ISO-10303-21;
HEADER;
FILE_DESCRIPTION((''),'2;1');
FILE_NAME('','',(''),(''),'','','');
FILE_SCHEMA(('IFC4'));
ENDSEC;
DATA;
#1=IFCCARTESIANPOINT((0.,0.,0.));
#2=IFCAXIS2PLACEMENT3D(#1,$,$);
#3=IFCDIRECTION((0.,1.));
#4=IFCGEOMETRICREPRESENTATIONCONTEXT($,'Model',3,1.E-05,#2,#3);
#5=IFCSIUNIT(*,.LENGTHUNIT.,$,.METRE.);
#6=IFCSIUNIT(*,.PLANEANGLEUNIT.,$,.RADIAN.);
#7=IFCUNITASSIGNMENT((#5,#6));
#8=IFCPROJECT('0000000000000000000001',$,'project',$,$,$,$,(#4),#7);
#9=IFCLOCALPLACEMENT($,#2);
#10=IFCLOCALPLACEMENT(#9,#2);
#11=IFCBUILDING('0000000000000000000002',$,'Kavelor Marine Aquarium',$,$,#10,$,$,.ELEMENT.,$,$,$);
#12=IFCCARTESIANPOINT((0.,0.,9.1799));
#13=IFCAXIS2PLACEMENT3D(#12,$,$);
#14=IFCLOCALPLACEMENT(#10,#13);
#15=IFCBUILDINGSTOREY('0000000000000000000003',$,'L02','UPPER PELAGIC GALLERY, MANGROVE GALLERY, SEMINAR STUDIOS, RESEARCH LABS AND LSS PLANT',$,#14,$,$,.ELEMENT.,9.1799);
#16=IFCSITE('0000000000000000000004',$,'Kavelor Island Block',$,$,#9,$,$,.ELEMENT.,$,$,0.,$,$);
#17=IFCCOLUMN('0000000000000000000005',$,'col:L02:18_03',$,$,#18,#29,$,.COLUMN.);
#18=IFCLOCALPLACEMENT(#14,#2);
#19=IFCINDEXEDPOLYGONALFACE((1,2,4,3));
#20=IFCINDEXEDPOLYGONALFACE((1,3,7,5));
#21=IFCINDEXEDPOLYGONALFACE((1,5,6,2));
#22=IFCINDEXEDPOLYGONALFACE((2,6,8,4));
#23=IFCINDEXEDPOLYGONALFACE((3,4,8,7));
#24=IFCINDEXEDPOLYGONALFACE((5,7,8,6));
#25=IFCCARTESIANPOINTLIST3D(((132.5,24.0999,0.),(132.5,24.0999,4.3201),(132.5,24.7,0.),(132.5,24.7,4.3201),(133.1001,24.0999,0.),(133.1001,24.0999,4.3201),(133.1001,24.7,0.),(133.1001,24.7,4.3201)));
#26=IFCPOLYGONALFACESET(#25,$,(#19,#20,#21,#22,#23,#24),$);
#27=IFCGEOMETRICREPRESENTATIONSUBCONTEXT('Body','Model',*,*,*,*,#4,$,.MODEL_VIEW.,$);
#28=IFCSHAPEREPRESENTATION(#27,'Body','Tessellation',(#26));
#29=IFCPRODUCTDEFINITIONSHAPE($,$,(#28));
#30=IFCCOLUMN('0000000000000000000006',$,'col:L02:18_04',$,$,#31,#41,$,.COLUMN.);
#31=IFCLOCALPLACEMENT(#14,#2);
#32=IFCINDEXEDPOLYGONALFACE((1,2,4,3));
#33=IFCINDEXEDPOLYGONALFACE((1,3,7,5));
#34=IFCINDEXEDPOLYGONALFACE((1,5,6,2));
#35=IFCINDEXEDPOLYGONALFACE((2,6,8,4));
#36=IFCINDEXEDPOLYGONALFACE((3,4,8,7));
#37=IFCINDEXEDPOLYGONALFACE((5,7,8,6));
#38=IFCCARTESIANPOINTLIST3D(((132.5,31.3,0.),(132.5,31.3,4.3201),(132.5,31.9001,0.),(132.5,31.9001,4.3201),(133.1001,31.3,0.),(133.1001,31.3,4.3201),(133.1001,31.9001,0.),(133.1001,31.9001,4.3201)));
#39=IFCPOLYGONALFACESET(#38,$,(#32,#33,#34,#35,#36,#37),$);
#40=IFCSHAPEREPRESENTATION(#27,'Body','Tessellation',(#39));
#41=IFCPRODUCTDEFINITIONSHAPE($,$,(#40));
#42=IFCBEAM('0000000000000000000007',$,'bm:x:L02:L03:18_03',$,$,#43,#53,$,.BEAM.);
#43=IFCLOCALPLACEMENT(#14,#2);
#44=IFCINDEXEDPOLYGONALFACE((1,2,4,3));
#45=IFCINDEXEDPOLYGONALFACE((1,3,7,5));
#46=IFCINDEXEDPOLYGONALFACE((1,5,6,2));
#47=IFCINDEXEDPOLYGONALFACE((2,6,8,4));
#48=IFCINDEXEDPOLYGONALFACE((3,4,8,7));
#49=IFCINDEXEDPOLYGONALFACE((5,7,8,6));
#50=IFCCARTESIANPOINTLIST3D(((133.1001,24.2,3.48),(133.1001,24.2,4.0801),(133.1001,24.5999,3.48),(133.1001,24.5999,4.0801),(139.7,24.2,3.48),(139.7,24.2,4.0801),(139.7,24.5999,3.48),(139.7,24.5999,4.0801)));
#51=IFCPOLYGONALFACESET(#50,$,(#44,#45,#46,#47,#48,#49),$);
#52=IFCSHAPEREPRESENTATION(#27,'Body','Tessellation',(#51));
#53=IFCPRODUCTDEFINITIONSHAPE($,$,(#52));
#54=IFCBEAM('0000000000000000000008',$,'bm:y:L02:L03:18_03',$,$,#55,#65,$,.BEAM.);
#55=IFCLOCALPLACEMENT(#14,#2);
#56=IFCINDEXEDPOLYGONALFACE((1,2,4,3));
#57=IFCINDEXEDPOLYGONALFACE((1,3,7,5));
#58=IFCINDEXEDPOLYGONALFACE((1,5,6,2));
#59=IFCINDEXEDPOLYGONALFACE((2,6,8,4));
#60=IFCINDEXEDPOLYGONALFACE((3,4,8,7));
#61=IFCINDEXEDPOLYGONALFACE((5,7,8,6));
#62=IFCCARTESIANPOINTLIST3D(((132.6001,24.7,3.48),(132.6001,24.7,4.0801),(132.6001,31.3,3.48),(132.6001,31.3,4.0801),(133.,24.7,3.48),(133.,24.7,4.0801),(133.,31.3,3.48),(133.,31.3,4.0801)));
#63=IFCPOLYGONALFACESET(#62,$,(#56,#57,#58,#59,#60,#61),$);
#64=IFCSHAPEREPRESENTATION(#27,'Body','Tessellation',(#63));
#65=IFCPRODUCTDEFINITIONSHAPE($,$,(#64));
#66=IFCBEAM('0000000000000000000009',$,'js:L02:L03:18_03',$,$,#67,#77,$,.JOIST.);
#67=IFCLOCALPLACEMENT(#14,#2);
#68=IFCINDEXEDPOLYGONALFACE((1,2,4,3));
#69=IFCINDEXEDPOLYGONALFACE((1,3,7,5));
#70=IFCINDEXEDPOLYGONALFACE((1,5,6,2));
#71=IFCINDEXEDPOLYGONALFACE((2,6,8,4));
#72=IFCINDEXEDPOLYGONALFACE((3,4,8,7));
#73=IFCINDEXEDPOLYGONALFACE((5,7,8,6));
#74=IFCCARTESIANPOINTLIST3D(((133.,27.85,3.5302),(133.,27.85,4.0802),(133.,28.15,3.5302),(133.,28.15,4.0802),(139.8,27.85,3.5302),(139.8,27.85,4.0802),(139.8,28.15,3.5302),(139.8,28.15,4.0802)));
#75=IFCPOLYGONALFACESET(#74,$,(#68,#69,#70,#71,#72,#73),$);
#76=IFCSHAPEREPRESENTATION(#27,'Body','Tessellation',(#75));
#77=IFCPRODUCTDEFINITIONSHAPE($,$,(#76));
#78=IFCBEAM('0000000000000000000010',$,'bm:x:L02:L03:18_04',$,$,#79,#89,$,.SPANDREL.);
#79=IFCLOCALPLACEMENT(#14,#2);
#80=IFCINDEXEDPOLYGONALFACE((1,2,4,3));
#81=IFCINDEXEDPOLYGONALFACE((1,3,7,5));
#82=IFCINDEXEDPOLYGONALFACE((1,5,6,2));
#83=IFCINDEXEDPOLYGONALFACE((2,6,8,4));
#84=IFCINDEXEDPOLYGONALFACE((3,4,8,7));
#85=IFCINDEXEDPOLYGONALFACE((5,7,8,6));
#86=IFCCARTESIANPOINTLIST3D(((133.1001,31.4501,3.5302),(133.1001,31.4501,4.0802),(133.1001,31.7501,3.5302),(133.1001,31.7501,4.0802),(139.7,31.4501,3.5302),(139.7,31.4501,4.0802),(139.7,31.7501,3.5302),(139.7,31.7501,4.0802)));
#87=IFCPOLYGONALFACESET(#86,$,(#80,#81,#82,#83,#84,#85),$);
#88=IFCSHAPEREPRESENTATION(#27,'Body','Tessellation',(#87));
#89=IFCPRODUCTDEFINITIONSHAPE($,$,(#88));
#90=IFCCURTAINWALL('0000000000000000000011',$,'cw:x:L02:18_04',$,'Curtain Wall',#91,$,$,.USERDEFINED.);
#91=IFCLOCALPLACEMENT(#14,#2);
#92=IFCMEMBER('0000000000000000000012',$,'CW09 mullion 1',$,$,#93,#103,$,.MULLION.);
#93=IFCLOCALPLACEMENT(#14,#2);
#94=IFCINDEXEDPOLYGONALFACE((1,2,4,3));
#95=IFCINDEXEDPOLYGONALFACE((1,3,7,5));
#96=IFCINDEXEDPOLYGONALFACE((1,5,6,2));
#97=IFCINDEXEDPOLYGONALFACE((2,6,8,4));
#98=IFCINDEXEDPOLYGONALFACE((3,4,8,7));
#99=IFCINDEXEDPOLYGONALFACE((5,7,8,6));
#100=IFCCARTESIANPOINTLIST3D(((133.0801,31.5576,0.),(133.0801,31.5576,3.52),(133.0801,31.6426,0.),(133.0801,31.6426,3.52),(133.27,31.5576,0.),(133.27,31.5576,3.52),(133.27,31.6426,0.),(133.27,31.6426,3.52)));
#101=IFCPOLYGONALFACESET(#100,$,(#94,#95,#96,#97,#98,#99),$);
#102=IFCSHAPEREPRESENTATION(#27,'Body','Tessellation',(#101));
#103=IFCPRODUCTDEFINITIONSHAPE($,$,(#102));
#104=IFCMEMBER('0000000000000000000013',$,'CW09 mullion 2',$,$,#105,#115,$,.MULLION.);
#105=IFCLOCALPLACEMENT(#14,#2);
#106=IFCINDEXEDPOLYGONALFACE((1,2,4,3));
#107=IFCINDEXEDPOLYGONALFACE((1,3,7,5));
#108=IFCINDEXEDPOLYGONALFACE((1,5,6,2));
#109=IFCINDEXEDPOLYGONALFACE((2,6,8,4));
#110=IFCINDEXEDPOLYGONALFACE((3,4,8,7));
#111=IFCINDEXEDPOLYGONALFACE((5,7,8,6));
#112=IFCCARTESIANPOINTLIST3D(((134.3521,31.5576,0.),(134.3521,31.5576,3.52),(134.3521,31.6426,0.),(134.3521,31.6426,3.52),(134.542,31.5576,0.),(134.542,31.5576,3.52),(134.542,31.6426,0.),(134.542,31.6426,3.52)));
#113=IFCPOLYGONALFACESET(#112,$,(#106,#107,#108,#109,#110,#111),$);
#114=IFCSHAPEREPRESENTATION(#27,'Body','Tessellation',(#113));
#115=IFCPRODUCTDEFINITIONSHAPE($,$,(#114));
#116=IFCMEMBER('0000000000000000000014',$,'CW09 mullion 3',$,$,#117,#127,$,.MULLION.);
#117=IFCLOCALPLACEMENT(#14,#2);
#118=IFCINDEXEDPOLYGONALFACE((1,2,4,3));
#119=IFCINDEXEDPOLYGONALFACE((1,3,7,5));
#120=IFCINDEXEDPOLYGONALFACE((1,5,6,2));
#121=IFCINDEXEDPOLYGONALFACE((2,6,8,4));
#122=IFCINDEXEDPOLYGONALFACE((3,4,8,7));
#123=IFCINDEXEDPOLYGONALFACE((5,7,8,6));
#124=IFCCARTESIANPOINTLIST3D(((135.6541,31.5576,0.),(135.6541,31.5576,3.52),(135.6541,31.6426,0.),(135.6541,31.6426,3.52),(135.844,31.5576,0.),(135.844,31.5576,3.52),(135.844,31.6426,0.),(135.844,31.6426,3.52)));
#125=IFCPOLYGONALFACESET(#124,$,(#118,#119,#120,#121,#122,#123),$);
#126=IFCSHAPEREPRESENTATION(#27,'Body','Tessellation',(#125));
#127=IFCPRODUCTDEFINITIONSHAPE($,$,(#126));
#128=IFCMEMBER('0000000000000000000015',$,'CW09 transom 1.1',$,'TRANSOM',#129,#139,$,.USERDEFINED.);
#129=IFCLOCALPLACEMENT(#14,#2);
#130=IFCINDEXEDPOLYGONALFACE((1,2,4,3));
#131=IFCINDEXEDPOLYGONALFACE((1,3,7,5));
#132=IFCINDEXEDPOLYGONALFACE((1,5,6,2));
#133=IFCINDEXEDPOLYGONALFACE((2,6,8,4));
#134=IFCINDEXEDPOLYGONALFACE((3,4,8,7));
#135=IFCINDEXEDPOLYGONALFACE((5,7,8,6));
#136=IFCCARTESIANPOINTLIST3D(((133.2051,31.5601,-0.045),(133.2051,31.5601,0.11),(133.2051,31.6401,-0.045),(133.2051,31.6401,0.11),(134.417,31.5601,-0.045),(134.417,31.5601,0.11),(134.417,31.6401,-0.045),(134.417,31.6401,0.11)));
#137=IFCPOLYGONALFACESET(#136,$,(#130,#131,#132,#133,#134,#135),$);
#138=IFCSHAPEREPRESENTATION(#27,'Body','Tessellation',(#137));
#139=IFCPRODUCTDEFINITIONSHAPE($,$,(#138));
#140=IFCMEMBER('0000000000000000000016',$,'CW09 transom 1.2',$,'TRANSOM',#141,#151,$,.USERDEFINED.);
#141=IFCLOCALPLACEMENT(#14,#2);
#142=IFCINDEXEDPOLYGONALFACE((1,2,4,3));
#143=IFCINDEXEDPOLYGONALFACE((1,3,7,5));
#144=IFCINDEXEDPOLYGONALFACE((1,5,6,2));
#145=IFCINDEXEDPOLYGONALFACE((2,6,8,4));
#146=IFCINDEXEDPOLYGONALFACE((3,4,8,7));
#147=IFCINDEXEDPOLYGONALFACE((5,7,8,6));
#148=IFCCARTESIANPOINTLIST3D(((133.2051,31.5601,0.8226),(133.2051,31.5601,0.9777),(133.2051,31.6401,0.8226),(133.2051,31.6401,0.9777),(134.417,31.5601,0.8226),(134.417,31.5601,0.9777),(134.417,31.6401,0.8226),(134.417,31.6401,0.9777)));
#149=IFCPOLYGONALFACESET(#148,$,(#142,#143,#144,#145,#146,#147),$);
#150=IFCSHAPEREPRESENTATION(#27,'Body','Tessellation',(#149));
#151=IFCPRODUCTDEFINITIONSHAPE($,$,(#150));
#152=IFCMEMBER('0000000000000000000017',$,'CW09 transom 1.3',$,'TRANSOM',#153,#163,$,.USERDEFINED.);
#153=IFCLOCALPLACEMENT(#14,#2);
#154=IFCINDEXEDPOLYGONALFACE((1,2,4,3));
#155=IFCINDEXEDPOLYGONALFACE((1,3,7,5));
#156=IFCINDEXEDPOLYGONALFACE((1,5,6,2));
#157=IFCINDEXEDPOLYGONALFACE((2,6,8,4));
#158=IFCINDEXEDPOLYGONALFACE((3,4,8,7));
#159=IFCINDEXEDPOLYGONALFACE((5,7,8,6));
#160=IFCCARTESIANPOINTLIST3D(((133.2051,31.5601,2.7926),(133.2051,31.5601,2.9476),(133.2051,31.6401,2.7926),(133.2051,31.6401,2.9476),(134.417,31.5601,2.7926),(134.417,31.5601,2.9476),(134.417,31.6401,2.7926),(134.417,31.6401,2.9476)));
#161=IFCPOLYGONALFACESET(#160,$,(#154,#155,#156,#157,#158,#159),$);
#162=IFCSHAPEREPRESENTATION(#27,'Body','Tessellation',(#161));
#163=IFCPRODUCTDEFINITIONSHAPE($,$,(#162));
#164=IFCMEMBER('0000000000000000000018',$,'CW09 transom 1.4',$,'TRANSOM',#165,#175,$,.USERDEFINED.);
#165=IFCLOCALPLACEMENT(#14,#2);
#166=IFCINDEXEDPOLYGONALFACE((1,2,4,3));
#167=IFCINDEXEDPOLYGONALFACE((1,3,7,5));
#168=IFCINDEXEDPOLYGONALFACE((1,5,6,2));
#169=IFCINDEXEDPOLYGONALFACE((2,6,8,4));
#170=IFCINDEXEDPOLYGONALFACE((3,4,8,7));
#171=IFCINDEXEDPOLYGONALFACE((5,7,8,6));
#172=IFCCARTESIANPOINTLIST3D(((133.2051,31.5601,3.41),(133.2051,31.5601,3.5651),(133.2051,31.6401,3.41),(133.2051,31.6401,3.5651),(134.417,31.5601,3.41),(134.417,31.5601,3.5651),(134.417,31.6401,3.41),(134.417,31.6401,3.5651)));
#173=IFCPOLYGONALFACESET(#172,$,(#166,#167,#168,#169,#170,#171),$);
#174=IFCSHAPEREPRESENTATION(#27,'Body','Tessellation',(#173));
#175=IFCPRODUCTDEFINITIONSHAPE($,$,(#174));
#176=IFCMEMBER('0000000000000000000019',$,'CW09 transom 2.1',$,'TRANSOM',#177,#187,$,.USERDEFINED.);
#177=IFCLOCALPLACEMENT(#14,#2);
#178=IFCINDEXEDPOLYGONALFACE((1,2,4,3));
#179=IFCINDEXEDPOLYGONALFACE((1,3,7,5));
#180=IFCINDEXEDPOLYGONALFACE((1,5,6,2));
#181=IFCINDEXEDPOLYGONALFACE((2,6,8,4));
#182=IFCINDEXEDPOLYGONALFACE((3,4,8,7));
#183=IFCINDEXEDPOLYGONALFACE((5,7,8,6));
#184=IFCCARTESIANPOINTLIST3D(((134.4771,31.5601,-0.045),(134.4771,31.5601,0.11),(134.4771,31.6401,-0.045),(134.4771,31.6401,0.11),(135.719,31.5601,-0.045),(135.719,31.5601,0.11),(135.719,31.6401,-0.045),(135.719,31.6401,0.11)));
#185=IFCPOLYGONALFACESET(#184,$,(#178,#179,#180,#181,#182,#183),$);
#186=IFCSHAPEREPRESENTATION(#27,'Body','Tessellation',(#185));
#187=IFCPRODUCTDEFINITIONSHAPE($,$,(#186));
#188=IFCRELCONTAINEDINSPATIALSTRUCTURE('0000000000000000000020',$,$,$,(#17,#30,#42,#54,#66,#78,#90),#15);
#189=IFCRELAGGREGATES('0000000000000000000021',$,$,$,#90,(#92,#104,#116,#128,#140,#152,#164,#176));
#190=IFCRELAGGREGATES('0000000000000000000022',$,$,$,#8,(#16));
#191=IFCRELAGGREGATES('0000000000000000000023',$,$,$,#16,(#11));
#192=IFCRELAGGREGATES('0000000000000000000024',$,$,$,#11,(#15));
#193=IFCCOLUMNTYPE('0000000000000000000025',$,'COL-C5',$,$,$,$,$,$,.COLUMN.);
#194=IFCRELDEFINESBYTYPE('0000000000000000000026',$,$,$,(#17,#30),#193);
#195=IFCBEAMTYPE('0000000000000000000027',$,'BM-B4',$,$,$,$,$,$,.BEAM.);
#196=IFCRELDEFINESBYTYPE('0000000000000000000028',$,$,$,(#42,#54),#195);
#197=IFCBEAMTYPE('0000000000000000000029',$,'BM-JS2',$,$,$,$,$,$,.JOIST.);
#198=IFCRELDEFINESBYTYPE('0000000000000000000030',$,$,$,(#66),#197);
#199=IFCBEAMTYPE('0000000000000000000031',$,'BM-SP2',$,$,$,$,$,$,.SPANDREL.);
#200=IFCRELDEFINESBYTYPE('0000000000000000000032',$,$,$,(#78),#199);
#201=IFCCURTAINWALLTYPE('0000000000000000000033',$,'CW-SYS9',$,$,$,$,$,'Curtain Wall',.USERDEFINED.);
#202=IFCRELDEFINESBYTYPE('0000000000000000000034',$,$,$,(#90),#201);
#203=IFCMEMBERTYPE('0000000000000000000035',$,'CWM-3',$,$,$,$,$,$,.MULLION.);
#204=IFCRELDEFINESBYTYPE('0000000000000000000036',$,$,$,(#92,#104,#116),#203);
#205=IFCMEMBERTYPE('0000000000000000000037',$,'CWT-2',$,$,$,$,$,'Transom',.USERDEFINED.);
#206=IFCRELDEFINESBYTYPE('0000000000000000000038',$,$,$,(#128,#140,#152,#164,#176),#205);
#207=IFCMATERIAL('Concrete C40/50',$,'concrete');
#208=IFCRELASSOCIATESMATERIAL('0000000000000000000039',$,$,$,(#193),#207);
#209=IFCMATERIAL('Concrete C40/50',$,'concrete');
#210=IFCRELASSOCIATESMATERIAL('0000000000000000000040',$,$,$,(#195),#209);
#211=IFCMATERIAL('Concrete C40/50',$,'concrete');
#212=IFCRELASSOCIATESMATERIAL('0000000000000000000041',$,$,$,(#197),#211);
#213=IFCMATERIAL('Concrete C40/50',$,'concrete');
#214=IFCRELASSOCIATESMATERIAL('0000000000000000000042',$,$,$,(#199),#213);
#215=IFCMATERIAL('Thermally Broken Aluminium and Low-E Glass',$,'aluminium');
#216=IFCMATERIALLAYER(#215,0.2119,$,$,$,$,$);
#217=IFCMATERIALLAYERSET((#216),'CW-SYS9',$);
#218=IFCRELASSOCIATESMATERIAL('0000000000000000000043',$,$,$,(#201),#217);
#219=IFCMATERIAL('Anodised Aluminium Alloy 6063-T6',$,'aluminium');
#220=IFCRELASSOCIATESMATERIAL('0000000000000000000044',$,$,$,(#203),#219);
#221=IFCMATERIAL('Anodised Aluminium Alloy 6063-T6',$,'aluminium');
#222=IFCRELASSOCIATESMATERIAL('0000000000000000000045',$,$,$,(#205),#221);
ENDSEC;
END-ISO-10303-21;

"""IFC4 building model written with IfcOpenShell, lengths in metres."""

from ifc_helpers import new_model, si_unit, direction, frame, origin, origin_2d, place, context, subcontext, project, spatial, rectangle, extrude, material, layer, layer_set, material_profile, profile_set, type_object, element, aggregate, save


model = new_model("IFC4")

# Units and contexts
model_context = context("Model", 3, precision=1e-05, world=origin(), true_north=direction((0.0, 1.0)))
body_context = subcontext(model_context, "Body", "Model", "MODEL_VIEW")
ifc_project = project(units=[si_unit("LENGTHUNIT", "METRE"), si_unit("PLANEANGLEUNIT", "RADIAN")], contexts=[model_context])

# Site, building, storey
site_placement = place(None, origin())
site = spatial("IfcSite", under=ifc_project, at=site_placement, Name="Kavelor Island Block", CompositionType="ELEMENT", RefElevation=0.0)
building_placement = place(site_placement, origin())
building = spatial("IfcBuilding", under=site, at=building_placement, Name="Kavelor Marine Aquarium", CompositionType="ELEMENT")
storey_placement = place(building_placement, frame((0.0, 0.0, 9.1799)))
storey = spatial("IfcBuildingStorey", under=building, at=storey_placement, Name="L02", Description="UPPER PELAGIC GALLERY, MANGROVE GALLERY, SEMINAR STUDIOS, RESEARCH LABS AND LSS PLANT", CompositionType="ELEMENT", Elevation=9.1799)

# Columns
ifc_material_1 = material(Name="Concrete C40/50", Category="concrete")
ifc_material_profile_1 = material_profile(ifc_material_1, rectangle(XDim=0.6001, YDim=0.6001, at=origin_2d()), Name="RC-COL 600x600")
ifc_profile_set_1 = profile_set([ifc_material_profile_1], Name="Concrete C40/50")
column_type = type_object("IfcColumnType", Name="COL-C5", PredefinedType="COLUMN", material=ifc_profile_set_1)
for number, where, z_axis, x_axis, name in (
    (1, (132.8, 24.3999, 0.0), (0.0, 0.0, 1.0), (1.0, 0.0, 0.0), "col:L02:18_03"),
    (2, (132.8, 31.6001, 0.0), (0.0, 0.0, 1.0), (1.0, 0.0, 0.0), "col:L02:18_04"),
):
    element("IfcColumn", number, at=place(storey_placement, frame(where, z_axis=z_axis, x_axis=x_axis)), inside=storey, type_object=column_type, Name=name, PredefinedType="COLUMN", context=body_context, shape_type="SweptSolid", body=[
        extrude(rectangle(XDim=0.6001, YDim=0.6001, at=origin_2d()), origin(), (0.0, 0.0, 1.0), 4.3201),
    ])

# Beams
ifc_material_2 = material(Name="Concrete C40/50", Category="concrete")
ifc_material_profile_2 = material_profile(ifc_material_2, rectangle(XDim=0.3999, YDim=0.6001, at=origin_2d()), Name="RC-BM 400x600")
ifc_profile_set_2 = profile_set([ifc_material_profile_2], Name="Concrete C40/50")
beam_type_1 = type_object("IfcBeamType", Name="BM-B4", PredefinedType="BEAM", material=ifc_profile_set_2)
beam_1_placement = place(storey_placement, frame((133.1001, 24.3999, 3.78), z_axis=(1.0, 0.0, 0.0), x_axis=(0.0, 1.0, 0.0)))
element("IfcBeam", 3, at=beam_1_placement, inside=storey, type_object=beam_type_1, Name="bm:x:L02:L03:18_03", PredefinedType="BEAM", context=body_context, shape_type="SweptSolid", body=[
    extrude(rectangle(XDim=0.3999, YDim=0.6001, at=origin_2d()), origin(), (0.0, 0.0, 1.0), 6.5999),
])
beam_2_placement = place(storey_placement, frame((132.8, 24.7, 3.78), z_axis=(0.0, 1.0, 0.0), x_axis=(-1.0, 0.0, 0.0)))
element("IfcBeam", 4, at=beam_2_placement, inside=storey, type_object=beam_type_1, Name="bm:y:L02:L03:18_03", PredefinedType="BEAM", context=body_context, shape_type="SweptSolid", body=[
    extrude(rectangle(XDim=0.3999, YDim=0.6001, at=origin_2d()), origin(), (0.0, 0.0, 1.0), 6.6001),
])
ifc_material_3 = material(Name="Concrete C40/50", Category="concrete")
ifc_material_profile_3 = material_profile(ifc_material_3, rectangle(XDim=0.3, YDim=0.55, at=origin_2d()), Name="RC-JS 300x550")
ifc_profile_set_3 = profile_set([ifc_material_profile_3], Name="Concrete C40/50")
beam_type_2 = type_object("IfcBeamType", Name="BM-JS2", PredefinedType="JOIST", material=ifc_profile_set_3)
beam_3_placement = place(storey_placement, frame((133.0, 28.0, 3.8052), z_axis=(1.0, 0.0, 0.0), x_axis=(0.0, 1.0, 0.0)))
element("IfcBeam", 5, at=beam_3_placement, inside=storey, type_object=beam_type_2, Name="js:L02:L03:18_03", PredefinedType="JOIST", context=body_context, shape_type="SweptSolid", body=[
    extrude(rectangle(XDim=0.3, YDim=0.55, at=origin_2d()), origin(), (0.0, 0.0, 1.0), 6.8),
])
ifc_material_4 = material(Name="Concrete C40/50", Category="concrete")
ifc_material_profile_4 = material_profile(ifc_material_4, rectangle(XDim=0.3, YDim=0.55, at=origin_2d()), Name="RC-SP 300x550")
ifc_profile_set_4 = profile_set([ifc_material_profile_4], Name="Concrete C40/50")
beam_type_3 = type_object("IfcBeamType", Name="BM-SP2", PredefinedType="SPANDREL", material=ifc_profile_set_4)
beam_4_placement = place(storey_placement, frame((133.1001, 31.6001, 3.8052), z_axis=(1.0, 0.0, 0.0), x_axis=(0.0, 1.0, 0.0)))
element("IfcBeam", 6, at=beam_4_placement, inside=storey, type_object=beam_type_3, Name="bm:x:L02:L03:18_04", PredefinedType="SPANDREL", context=body_context, shape_type="SweptSolid", body=[
    extrude(rectangle(XDim=0.3, YDim=0.55, at=origin_2d()), origin(), (0.0, 0.0, 1.0), 6.5999),
])

# Curtain wall, members
ifc_material_5 = material(Name="Thermally Broken Aluminium and Low-E Glass", Category="aluminium")
ifc_layer_1 = layer(ifc_material_5, 0.2119)
ifc_layer_set_1 = layer_set([ifc_layer_1], Name="CW-SYS9")
curtain_wall_type = type_object("IfcCurtainWallType", Name="CW-SYS9", ElementType="Curtain Wall", PredefinedType="USERDEFINED", material=ifc_layer_set_1)
curtain_wall_placement = place(storey_placement, origin())
curtain_wall = element("IfcCurtainWall", 7, at=curtain_wall_placement, inside=storey, type_object=curtain_wall_type, Name="cw:x:L02:18_04", ObjectType="Curtain Wall", PredefinedType="USERDEFINED")
ifc_material_6 = material(Name="Anodised Aluminium Alloy 6063-T6", Category="aluminium")
ifc_material_profile_5 = material_profile(ifc_material_6, rectangle(XDim=0.085, YDim=0.1899, at=origin_2d()), Name="CW-MUL 85x190")
ifc_profile_set_5 = profile_set([ifc_material_profile_5], Name="Anodised Aluminium Alloy 6063-T6")
member_type_1 = type_object("IfcMemberType", Name="CWM-3", PredefinedType="MULLION", material=ifc_profile_set_5)
member_1_placement = place(storey_placement, frame((133.175, 31.6001, 0.0), z_axis=(0.0, 0.0, 1.0), x_axis=(0.0, 1.0, 0.0)))
member_1 = element("IfcMember", 8, at=member_1_placement, type_object=member_type_1, Name="CW09 mullion 1", PredefinedType="MULLION", context=body_context, shape_type="SweptSolid", body=[
    extrude(rectangle(XDim=0.085, YDim=0.1899, at=origin_2d()), origin(), (0.0, 0.0, 1.0), 3.52),
])
member_2_placement = place(storey_placement, frame((134.447, 31.6001, 0.0), z_axis=(0.0, 0.0, 1.0), x_axis=(0.0, 1.0, 0.0)))
member_2 = element("IfcMember", 9, at=member_2_placement, type_object=member_type_1, Name="CW09 mullion 2", PredefinedType="MULLION", context=body_context, shape_type="SweptSolid", body=[
    extrude(rectangle(XDim=0.085, YDim=0.1899, at=origin_2d()), origin(), (0.0, 0.0, 1.0), 3.52),
])
member_3_placement = place(storey_placement, frame((135.749, 31.6001, 0.0), z_axis=(0.0, 0.0, 1.0), x_axis=(0.0, 1.0, 0.0)))
member_3 = element("IfcMember", 10, at=member_3_placement, type_object=member_type_1, Name="CW09 mullion 3", PredefinedType="MULLION", context=body_context, shape_type="SweptSolid", body=[
    extrude(rectangle(XDim=0.085, YDim=0.1899, at=origin_2d()), origin(), (0.0, 0.0, 1.0), 3.52),
])
ifc_material_7 = material(Name="Anodised Aluminium Alloy 6063-T6", Category="aluminium")
ifc_material_profile_6 = material_profile(ifc_material_7, rectangle(XDim=0.0801, YDim=0.155, at=origin_2d()), Name="CW-TRN 80x155")
ifc_profile_set_6 = profile_set([ifc_material_profile_6], Name="Anodised Aluminium Alloy 6063-T6")
member_type_2 = type_object("IfcMemberType", Name="CWT-2", ElementType="Transom", PredefinedType="USERDEFINED", material=ifc_profile_set_6)
member_4_placement = place(storey_placement, frame((133.2051, 31.6001, 0.0325), z_axis=(1.0, 0.0, 0.0), x_axis=(0.0, 1.0, 0.0)))
member_4 = element("IfcMember", 11, at=member_4_placement, type_object=member_type_2, Name="CW09 transom 1.1", ObjectType="TRANSOM", PredefinedType="USERDEFINED", context=body_context, shape_type="SweptSolid", body=[
    extrude(rectangle(XDim=0.0801, YDim=0.155, at=origin_2d()), origin(), (0.0, 0.0, 1.0), 1.2119),
])
member_5_placement = place(storey_placement, frame((133.2051, 31.6001, 0.9001), z_axis=(1.0, 0.0, 0.0), x_axis=(0.0, 1.0, 0.0)))
member_5 = element("IfcMember", 12, at=member_5_placement, type_object=member_type_2, Name="CW09 transom 1.2", ObjectType="TRANSOM", PredefinedType="USERDEFINED", context=body_context, shape_type="SweptSolid", body=[
    extrude(rectangle(XDim=0.0801, YDim=0.155, at=origin_2d()), origin(), (0.0, 0.0, 1.0), 1.2119),
])
member_6_placement = place(storey_placement, frame((133.2051, 31.6001, 2.8701), z_axis=(1.0, 0.0, 0.0), x_axis=(0.0, 1.0, 0.0)))
member_6 = element("IfcMember", 13, at=member_6_placement, type_object=member_type_2, Name="CW09 transom 1.3", ObjectType="TRANSOM", PredefinedType="USERDEFINED", context=body_context, shape_type="SweptSolid", body=[
    extrude(rectangle(XDim=0.0801, YDim=0.155, at=origin_2d()), origin(), (0.0, 0.0, 1.0), 1.2119),
])
member_7_placement = place(storey_placement, frame((133.2051, 31.6001, 3.4875), z_axis=(1.0, 0.0, 0.0), x_axis=(0.0, 1.0, 0.0)))
member_7 = element("IfcMember", 14, at=member_7_placement, type_object=member_type_2, Name="CW09 transom 1.4", ObjectType="TRANSOM", PredefinedType="USERDEFINED", context=body_context, shape_type="SweptSolid", body=[
    extrude(rectangle(XDim=0.0801, YDim=0.155, at=origin_2d()), origin(), (0.0, 0.0, 1.0), 1.2119),
])
member_8_placement = place(storey_placement, frame((134.4771, 31.6001, 0.0325), z_axis=(1.0, 0.0, 0.0), x_axis=(0.0, 1.0, 0.0)))
member_8 = element("IfcMember", 15, at=member_8_placement, type_object=member_type_2, Name="CW09 transom 2.1", ObjectType="TRANSOM", PredefinedType="USERDEFINED", context=body_context, shape_type="SweptSolid", body=[
    extrude(rectangle(XDim=0.0801, YDim=0.155, at=origin_2d()), origin(), (0.0, 0.0, 1.0), 1.2419),
])
aggregate(curtain_wall, [member_1, member_2, member_3, member_4, member_5, member_6, member_7, member_8])

save(model, "model.ifc")
